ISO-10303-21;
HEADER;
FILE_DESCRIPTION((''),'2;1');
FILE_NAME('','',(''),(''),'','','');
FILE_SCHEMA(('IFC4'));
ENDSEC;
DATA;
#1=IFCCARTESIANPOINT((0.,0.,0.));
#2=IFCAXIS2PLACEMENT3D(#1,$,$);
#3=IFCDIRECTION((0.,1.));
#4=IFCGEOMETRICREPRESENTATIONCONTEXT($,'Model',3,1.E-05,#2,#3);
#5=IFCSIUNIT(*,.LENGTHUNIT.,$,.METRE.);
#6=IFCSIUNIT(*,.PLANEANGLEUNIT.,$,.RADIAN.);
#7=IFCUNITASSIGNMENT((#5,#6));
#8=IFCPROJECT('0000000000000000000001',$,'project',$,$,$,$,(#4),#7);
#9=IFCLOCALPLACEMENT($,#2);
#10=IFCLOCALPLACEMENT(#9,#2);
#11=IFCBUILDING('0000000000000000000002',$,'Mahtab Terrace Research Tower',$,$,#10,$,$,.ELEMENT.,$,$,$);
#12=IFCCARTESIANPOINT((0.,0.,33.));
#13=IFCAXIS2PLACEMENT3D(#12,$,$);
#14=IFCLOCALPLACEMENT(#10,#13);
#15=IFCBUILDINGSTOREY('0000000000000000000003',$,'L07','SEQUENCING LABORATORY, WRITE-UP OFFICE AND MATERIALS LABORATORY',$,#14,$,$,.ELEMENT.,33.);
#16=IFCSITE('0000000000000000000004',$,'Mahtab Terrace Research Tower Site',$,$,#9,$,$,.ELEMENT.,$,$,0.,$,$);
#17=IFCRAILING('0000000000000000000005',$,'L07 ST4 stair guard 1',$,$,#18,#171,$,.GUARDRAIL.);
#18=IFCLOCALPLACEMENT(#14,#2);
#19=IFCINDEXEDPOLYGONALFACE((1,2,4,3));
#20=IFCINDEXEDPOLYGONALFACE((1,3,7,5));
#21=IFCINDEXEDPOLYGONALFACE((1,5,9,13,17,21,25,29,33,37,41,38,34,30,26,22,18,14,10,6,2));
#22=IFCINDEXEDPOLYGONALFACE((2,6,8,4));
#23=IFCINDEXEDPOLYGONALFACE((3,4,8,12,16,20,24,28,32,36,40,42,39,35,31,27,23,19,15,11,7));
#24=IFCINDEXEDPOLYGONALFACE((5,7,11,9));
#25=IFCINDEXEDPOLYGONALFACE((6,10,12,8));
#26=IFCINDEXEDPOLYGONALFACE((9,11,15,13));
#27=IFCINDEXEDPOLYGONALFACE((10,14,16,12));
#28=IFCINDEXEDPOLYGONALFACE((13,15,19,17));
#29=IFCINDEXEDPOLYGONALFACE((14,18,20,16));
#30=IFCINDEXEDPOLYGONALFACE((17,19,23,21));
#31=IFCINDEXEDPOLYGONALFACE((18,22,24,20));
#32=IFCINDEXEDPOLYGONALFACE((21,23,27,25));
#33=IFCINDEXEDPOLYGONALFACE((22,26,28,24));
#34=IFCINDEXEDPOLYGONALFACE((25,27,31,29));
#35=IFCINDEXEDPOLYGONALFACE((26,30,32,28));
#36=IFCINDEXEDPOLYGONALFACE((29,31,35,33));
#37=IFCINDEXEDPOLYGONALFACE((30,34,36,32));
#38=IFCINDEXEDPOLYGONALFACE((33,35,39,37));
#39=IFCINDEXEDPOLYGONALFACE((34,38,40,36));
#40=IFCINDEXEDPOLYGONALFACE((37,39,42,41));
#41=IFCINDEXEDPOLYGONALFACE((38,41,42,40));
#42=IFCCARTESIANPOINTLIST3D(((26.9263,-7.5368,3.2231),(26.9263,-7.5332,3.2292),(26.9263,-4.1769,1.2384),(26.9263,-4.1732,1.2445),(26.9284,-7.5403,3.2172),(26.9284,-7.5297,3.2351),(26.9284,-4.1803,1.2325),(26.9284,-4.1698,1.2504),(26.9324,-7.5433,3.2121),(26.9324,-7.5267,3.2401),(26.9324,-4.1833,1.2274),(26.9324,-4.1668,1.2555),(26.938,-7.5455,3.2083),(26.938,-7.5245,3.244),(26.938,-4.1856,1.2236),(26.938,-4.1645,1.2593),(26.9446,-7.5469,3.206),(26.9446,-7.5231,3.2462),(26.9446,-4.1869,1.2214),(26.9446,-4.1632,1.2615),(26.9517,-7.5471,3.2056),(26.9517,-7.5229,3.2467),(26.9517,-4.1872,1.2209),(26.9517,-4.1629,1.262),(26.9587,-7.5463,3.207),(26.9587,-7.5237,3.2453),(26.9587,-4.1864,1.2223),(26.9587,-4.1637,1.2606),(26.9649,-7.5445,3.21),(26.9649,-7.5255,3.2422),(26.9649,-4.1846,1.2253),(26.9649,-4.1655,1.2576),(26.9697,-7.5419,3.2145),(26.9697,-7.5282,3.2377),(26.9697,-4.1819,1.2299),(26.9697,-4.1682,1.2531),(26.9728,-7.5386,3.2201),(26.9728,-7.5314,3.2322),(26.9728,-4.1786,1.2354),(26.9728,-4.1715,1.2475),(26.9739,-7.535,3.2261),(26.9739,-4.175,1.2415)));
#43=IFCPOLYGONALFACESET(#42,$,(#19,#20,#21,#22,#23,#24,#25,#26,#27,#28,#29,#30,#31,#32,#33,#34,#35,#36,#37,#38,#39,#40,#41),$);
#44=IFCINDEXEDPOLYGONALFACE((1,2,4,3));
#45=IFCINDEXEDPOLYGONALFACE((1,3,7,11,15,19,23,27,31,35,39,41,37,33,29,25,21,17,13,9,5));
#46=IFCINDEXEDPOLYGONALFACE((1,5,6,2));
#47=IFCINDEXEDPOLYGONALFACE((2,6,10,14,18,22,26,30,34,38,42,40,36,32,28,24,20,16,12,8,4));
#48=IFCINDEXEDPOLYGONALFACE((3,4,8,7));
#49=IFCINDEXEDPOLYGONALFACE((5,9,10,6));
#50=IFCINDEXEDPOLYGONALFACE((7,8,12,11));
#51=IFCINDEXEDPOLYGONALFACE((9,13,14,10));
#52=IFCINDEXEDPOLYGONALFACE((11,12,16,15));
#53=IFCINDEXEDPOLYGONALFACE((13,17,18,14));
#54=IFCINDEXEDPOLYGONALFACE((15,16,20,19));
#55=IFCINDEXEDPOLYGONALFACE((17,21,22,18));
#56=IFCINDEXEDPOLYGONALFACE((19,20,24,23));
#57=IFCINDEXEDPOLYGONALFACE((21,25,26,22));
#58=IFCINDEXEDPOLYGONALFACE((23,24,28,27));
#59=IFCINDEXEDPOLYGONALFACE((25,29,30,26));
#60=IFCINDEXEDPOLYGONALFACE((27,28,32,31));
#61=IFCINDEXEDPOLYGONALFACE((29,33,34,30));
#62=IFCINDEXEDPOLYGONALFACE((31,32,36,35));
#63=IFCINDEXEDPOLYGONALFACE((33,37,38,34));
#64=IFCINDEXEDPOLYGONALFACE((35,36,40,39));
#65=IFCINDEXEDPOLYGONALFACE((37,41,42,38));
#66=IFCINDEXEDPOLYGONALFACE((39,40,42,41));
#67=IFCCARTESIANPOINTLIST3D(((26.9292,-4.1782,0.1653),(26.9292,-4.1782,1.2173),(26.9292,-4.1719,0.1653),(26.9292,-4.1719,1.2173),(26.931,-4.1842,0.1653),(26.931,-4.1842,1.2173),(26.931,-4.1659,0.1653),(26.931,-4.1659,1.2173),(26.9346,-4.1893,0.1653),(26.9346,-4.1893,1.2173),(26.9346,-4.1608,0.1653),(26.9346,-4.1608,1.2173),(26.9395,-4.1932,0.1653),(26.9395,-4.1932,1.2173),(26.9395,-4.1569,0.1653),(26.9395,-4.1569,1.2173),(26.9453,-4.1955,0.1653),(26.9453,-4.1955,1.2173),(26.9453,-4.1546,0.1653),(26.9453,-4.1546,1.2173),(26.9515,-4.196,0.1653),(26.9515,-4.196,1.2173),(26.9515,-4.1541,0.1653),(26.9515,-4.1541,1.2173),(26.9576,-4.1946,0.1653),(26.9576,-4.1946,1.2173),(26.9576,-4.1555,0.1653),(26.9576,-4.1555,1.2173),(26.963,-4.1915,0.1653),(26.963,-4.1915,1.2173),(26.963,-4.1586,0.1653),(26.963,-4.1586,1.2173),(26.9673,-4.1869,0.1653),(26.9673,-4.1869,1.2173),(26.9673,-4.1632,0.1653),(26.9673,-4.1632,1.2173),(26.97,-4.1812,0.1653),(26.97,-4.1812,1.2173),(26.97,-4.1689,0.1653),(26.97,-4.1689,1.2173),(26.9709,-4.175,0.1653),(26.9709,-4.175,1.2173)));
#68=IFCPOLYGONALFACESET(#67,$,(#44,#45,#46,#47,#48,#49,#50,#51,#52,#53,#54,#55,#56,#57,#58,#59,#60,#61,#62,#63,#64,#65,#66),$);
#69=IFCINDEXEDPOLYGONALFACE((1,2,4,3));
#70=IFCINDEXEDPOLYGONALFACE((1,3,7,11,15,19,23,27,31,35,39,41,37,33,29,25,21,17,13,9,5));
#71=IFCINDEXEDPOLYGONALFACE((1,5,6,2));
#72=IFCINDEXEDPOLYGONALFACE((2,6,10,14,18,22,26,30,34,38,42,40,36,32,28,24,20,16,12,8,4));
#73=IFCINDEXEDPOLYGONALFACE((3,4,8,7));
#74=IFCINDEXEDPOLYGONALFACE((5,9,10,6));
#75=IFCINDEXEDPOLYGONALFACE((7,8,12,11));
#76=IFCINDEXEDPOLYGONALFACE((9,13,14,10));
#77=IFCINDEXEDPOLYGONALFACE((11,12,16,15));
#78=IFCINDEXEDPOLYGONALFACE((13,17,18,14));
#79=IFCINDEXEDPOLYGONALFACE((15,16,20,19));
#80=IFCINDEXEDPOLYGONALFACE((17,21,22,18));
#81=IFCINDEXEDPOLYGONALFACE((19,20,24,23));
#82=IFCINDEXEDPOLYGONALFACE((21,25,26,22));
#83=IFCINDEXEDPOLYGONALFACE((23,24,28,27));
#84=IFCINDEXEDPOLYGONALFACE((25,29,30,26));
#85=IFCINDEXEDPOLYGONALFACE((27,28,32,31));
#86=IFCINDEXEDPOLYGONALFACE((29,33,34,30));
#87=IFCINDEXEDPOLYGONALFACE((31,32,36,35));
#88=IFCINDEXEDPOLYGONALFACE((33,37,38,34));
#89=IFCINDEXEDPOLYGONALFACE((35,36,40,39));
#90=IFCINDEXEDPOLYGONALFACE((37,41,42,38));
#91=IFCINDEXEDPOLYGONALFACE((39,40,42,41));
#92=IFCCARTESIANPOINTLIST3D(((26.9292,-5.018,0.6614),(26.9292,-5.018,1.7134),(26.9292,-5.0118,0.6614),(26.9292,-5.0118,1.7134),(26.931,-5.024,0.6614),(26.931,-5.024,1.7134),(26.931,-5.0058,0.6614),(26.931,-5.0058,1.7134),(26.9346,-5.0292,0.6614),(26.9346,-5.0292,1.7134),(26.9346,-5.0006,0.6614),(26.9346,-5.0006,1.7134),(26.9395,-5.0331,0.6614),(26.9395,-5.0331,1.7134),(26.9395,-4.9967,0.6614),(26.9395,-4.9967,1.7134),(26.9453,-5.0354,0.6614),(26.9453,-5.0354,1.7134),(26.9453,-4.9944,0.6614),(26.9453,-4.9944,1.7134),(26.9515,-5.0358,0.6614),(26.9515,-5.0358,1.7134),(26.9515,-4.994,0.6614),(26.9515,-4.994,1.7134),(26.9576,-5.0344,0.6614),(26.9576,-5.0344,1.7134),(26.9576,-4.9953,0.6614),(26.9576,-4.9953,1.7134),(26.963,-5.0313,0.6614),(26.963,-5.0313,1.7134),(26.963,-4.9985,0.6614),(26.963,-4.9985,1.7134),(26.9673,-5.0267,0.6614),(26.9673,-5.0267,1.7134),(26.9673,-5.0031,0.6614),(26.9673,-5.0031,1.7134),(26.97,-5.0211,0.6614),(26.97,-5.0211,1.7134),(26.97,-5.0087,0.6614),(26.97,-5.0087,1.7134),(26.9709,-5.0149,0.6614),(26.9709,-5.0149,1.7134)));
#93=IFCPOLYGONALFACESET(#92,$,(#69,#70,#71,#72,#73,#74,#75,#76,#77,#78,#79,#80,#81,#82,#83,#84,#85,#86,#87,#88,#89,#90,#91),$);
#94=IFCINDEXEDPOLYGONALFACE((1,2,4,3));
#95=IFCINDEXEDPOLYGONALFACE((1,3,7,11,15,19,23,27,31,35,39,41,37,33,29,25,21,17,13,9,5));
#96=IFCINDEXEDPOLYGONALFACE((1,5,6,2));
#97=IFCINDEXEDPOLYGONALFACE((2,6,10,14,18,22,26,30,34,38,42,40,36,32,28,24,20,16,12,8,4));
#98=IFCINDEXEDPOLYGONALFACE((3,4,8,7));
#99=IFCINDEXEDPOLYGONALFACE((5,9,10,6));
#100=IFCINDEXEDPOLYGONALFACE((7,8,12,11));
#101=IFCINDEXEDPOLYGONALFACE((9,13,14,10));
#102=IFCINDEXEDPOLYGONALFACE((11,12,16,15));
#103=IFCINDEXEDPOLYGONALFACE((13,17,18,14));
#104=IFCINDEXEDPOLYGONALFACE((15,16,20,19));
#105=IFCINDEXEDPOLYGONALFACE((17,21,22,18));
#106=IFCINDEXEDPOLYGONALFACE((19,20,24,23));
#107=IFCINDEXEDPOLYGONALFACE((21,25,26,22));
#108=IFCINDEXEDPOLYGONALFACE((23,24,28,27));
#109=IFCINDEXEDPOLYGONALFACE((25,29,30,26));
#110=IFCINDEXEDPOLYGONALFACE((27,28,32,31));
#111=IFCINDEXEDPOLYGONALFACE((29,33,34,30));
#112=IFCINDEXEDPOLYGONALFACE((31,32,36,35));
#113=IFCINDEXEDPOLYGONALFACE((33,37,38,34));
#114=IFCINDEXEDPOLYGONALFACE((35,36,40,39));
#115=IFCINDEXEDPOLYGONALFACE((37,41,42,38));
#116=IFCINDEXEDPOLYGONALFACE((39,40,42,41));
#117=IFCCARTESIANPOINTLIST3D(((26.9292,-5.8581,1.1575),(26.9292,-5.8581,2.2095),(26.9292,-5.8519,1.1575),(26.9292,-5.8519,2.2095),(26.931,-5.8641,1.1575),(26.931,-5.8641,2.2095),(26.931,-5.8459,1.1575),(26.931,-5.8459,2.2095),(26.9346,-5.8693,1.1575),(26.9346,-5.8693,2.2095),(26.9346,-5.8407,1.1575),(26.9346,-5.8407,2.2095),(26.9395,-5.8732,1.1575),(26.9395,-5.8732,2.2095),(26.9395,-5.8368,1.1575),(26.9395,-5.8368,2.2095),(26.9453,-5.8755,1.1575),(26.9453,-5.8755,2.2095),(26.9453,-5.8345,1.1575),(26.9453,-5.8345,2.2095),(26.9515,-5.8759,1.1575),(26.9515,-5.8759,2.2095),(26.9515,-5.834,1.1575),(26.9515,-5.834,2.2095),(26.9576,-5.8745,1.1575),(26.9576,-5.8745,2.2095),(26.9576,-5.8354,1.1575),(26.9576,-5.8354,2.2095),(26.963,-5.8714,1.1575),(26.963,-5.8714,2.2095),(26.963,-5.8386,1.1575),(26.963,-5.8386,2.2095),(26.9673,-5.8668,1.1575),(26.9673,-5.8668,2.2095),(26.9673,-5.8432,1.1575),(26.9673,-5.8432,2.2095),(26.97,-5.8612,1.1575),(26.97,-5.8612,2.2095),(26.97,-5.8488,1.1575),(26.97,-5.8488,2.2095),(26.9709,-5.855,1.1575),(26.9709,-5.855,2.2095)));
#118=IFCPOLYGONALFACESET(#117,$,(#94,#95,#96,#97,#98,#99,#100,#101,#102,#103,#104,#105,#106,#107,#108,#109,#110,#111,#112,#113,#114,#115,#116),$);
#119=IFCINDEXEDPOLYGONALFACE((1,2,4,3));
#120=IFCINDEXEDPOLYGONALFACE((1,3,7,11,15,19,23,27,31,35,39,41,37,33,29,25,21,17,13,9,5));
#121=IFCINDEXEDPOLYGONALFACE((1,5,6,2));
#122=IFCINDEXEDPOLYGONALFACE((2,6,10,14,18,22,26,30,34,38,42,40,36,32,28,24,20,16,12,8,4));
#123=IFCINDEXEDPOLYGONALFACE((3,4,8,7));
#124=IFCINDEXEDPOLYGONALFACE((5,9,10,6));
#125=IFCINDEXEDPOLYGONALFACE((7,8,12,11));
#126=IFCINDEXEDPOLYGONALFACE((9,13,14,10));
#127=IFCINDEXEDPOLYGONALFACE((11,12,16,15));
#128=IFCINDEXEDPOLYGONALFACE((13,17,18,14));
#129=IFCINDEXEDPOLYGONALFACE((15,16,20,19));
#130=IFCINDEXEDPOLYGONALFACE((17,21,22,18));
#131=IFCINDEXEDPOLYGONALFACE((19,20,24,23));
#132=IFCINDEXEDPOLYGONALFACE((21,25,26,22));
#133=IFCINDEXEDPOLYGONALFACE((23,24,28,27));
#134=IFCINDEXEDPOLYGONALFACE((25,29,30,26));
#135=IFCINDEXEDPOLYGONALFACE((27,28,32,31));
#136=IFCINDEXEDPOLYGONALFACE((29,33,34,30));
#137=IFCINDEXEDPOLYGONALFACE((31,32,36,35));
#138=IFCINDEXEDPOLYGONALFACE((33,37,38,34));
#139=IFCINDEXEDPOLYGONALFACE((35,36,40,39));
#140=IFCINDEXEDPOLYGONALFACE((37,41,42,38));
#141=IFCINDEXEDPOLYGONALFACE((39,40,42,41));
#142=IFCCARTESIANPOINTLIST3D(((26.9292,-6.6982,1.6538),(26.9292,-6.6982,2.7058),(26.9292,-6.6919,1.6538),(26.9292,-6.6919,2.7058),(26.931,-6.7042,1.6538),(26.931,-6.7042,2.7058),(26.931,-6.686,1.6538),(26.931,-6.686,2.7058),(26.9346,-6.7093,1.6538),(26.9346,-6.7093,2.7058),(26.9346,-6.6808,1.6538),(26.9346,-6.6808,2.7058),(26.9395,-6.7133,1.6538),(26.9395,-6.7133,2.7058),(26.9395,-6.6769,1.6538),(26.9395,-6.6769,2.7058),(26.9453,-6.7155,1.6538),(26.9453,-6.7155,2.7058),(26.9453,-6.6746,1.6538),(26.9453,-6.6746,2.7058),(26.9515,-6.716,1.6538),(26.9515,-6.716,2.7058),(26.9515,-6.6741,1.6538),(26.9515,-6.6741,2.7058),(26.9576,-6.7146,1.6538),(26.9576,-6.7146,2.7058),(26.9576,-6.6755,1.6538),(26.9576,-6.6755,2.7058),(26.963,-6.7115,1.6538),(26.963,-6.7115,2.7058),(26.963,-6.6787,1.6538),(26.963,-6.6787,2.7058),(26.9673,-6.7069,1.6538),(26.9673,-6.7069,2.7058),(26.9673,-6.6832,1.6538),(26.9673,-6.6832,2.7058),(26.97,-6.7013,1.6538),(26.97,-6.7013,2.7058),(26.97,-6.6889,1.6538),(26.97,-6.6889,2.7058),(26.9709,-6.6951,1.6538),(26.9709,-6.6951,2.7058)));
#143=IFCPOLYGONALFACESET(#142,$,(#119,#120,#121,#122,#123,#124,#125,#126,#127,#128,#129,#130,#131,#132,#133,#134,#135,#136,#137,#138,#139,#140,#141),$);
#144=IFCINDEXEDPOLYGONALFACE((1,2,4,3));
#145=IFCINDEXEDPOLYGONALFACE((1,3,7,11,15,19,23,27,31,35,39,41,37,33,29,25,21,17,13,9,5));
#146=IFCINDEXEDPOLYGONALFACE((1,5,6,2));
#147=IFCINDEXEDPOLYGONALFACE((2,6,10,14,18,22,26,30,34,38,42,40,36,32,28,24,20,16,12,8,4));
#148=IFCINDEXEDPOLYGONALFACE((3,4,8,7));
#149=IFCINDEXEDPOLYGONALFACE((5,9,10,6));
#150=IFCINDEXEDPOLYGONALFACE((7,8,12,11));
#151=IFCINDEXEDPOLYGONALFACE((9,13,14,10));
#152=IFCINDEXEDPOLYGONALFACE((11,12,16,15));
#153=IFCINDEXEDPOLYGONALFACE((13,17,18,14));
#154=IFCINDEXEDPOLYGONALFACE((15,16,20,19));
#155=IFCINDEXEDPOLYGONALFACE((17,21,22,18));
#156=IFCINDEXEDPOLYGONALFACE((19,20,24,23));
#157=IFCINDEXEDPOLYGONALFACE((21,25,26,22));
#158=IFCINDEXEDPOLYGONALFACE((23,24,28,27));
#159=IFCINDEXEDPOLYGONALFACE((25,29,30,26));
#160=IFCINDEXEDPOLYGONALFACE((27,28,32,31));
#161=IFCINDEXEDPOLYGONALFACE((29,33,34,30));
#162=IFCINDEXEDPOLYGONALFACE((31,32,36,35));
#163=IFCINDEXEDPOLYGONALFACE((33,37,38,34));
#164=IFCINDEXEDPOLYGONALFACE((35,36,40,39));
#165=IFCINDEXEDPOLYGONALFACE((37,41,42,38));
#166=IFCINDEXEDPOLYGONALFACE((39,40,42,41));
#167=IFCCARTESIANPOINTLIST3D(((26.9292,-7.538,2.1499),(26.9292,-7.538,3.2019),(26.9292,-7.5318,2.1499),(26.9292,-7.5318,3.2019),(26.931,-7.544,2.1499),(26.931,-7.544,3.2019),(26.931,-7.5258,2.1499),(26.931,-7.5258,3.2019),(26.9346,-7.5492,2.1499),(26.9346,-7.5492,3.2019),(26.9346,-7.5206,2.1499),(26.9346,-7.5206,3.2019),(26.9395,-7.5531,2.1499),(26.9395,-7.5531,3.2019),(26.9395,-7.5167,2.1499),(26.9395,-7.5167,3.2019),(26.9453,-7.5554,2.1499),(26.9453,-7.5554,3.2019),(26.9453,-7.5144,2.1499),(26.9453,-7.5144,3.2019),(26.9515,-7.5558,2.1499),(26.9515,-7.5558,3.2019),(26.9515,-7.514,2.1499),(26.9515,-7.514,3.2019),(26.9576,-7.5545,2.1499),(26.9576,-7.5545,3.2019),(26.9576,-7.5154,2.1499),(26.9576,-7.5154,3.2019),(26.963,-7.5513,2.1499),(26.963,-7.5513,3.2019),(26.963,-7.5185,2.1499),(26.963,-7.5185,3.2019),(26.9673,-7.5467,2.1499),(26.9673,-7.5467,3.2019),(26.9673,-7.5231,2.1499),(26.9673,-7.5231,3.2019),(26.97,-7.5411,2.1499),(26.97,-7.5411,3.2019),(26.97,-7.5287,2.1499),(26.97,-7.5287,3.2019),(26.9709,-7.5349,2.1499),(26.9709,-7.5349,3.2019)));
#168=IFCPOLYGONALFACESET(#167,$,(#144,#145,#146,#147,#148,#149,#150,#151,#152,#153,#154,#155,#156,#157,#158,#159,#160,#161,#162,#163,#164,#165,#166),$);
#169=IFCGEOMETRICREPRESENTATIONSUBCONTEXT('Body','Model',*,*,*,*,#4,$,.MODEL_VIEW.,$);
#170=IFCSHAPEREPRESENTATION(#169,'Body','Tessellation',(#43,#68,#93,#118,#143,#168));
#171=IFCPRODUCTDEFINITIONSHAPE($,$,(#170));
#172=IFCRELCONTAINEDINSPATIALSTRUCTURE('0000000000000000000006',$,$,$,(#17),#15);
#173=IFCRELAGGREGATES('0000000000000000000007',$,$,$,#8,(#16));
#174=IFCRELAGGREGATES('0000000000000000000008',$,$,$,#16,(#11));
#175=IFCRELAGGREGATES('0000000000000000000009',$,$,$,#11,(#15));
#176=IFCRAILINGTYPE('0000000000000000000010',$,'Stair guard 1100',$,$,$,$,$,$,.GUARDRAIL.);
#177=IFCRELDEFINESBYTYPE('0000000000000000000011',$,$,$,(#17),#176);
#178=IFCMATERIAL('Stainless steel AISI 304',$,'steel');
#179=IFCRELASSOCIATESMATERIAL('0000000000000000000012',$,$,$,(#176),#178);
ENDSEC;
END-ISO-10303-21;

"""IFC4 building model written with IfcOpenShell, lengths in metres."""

from ifc_helpers import new_model, si_unit, direction, frame, origin, origin_2d, place, context, subcontext, project, spatial, circle, extrude, material, type_object, element, save


model = new_model("IFC4")

# Units and contexts
model_context = context("Model", 3, precision=1e-05, world=origin(), true_north=direction((0.0, 1.0)))
body_context = subcontext(model_context, "Body", "Model", "MODEL_VIEW")
ifc_project = project(units=[si_unit("LENGTHUNIT", "METRE"), si_unit("PLANEANGLEUNIT", "RADIAN")], contexts=[model_context])

# Site, building, storey
site_placement = place(None, origin())
site = spatial("IfcSite", under=ifc_project, at=site_placement, Name="Mahtab Terrace Research Tower Site", CompositionType="ELEMENT", RefElevation=0.0)
building_placement = place(site_placement, origin())
building = spatial("IfcBuilding", under=site, at=building_placement, Name="Mahtab Terrace Research Tower", CompositionType="ELEMENT")
storey_placement = place(building_placement, frame((0.0, 0.0, 33.0)))
storey = spatial("IfcBuildingStorey", under=building, at=storey_placement, Name="L07", Description="SEQUENCING LABORATORY, WRITE-UP OFFICE AND MATERIALS LABORATORY", CompositionType="ELEMENT", Elevation=33.0)

# Shared definitions
ifc_material_1 = material(Name="Stainless steel AISI 304", Category="steel")

# Railing
railing_type_1 = type_object("IfcRailingType", Name="Stair guard 1100", PredefinedType="GUARDRAIL", material=ifc_material_1)
railing_1_placement = place(storey_placement, frame((26.95, -4.175, 0.1653)))
element("IfcRailing", 1, at=railing_1_placement, inside=storey, type_object=railing_type_1, Name="L07 ST4 stair guard 1", PredefinedType="GUARDRAIL", context=body_context, shape_type="SweptSolid", body=[
    extrude(circle(Radius=0.0239, at=origin_2d()), frame((0.0, 0.0, 1.0762), z_axis=(0.0, -0.861011, 0.508586), x_axis=(1.0, 0.0, 0.0)), (0.0, 0.0, 1.0), 3.9023),
    extrude(circle(Radius=0.021, at=origin_2d()), origin(), (0.0, 0.0, 1.0), 1.052),
    extrude(circle(Radius=0.021, at=origin_2d()), frame((0.0, -0.8398, 0.4961)), (0.0, 0.0, 1.0), 1.052),
    extrude(circle(Radius=0.021, at=origin_2d()), frame((0.0, -1.6799, 0.9922)), (0.0, 0.0, 1.0), 1.052),
    extrude(circle(Radius=0.021, at=origin_2d()), frame((0.0, -2.52, 1.4885)), (0.0, 0.0, 1.0), 1.052),
    extrude(circle(Radius=0.021, at=origin_2d()), frame((0.0, -3.3599, 1.9846)), (0.0, 0.0, 1.0), 1.052),
])

save(model, "model.ifc")
